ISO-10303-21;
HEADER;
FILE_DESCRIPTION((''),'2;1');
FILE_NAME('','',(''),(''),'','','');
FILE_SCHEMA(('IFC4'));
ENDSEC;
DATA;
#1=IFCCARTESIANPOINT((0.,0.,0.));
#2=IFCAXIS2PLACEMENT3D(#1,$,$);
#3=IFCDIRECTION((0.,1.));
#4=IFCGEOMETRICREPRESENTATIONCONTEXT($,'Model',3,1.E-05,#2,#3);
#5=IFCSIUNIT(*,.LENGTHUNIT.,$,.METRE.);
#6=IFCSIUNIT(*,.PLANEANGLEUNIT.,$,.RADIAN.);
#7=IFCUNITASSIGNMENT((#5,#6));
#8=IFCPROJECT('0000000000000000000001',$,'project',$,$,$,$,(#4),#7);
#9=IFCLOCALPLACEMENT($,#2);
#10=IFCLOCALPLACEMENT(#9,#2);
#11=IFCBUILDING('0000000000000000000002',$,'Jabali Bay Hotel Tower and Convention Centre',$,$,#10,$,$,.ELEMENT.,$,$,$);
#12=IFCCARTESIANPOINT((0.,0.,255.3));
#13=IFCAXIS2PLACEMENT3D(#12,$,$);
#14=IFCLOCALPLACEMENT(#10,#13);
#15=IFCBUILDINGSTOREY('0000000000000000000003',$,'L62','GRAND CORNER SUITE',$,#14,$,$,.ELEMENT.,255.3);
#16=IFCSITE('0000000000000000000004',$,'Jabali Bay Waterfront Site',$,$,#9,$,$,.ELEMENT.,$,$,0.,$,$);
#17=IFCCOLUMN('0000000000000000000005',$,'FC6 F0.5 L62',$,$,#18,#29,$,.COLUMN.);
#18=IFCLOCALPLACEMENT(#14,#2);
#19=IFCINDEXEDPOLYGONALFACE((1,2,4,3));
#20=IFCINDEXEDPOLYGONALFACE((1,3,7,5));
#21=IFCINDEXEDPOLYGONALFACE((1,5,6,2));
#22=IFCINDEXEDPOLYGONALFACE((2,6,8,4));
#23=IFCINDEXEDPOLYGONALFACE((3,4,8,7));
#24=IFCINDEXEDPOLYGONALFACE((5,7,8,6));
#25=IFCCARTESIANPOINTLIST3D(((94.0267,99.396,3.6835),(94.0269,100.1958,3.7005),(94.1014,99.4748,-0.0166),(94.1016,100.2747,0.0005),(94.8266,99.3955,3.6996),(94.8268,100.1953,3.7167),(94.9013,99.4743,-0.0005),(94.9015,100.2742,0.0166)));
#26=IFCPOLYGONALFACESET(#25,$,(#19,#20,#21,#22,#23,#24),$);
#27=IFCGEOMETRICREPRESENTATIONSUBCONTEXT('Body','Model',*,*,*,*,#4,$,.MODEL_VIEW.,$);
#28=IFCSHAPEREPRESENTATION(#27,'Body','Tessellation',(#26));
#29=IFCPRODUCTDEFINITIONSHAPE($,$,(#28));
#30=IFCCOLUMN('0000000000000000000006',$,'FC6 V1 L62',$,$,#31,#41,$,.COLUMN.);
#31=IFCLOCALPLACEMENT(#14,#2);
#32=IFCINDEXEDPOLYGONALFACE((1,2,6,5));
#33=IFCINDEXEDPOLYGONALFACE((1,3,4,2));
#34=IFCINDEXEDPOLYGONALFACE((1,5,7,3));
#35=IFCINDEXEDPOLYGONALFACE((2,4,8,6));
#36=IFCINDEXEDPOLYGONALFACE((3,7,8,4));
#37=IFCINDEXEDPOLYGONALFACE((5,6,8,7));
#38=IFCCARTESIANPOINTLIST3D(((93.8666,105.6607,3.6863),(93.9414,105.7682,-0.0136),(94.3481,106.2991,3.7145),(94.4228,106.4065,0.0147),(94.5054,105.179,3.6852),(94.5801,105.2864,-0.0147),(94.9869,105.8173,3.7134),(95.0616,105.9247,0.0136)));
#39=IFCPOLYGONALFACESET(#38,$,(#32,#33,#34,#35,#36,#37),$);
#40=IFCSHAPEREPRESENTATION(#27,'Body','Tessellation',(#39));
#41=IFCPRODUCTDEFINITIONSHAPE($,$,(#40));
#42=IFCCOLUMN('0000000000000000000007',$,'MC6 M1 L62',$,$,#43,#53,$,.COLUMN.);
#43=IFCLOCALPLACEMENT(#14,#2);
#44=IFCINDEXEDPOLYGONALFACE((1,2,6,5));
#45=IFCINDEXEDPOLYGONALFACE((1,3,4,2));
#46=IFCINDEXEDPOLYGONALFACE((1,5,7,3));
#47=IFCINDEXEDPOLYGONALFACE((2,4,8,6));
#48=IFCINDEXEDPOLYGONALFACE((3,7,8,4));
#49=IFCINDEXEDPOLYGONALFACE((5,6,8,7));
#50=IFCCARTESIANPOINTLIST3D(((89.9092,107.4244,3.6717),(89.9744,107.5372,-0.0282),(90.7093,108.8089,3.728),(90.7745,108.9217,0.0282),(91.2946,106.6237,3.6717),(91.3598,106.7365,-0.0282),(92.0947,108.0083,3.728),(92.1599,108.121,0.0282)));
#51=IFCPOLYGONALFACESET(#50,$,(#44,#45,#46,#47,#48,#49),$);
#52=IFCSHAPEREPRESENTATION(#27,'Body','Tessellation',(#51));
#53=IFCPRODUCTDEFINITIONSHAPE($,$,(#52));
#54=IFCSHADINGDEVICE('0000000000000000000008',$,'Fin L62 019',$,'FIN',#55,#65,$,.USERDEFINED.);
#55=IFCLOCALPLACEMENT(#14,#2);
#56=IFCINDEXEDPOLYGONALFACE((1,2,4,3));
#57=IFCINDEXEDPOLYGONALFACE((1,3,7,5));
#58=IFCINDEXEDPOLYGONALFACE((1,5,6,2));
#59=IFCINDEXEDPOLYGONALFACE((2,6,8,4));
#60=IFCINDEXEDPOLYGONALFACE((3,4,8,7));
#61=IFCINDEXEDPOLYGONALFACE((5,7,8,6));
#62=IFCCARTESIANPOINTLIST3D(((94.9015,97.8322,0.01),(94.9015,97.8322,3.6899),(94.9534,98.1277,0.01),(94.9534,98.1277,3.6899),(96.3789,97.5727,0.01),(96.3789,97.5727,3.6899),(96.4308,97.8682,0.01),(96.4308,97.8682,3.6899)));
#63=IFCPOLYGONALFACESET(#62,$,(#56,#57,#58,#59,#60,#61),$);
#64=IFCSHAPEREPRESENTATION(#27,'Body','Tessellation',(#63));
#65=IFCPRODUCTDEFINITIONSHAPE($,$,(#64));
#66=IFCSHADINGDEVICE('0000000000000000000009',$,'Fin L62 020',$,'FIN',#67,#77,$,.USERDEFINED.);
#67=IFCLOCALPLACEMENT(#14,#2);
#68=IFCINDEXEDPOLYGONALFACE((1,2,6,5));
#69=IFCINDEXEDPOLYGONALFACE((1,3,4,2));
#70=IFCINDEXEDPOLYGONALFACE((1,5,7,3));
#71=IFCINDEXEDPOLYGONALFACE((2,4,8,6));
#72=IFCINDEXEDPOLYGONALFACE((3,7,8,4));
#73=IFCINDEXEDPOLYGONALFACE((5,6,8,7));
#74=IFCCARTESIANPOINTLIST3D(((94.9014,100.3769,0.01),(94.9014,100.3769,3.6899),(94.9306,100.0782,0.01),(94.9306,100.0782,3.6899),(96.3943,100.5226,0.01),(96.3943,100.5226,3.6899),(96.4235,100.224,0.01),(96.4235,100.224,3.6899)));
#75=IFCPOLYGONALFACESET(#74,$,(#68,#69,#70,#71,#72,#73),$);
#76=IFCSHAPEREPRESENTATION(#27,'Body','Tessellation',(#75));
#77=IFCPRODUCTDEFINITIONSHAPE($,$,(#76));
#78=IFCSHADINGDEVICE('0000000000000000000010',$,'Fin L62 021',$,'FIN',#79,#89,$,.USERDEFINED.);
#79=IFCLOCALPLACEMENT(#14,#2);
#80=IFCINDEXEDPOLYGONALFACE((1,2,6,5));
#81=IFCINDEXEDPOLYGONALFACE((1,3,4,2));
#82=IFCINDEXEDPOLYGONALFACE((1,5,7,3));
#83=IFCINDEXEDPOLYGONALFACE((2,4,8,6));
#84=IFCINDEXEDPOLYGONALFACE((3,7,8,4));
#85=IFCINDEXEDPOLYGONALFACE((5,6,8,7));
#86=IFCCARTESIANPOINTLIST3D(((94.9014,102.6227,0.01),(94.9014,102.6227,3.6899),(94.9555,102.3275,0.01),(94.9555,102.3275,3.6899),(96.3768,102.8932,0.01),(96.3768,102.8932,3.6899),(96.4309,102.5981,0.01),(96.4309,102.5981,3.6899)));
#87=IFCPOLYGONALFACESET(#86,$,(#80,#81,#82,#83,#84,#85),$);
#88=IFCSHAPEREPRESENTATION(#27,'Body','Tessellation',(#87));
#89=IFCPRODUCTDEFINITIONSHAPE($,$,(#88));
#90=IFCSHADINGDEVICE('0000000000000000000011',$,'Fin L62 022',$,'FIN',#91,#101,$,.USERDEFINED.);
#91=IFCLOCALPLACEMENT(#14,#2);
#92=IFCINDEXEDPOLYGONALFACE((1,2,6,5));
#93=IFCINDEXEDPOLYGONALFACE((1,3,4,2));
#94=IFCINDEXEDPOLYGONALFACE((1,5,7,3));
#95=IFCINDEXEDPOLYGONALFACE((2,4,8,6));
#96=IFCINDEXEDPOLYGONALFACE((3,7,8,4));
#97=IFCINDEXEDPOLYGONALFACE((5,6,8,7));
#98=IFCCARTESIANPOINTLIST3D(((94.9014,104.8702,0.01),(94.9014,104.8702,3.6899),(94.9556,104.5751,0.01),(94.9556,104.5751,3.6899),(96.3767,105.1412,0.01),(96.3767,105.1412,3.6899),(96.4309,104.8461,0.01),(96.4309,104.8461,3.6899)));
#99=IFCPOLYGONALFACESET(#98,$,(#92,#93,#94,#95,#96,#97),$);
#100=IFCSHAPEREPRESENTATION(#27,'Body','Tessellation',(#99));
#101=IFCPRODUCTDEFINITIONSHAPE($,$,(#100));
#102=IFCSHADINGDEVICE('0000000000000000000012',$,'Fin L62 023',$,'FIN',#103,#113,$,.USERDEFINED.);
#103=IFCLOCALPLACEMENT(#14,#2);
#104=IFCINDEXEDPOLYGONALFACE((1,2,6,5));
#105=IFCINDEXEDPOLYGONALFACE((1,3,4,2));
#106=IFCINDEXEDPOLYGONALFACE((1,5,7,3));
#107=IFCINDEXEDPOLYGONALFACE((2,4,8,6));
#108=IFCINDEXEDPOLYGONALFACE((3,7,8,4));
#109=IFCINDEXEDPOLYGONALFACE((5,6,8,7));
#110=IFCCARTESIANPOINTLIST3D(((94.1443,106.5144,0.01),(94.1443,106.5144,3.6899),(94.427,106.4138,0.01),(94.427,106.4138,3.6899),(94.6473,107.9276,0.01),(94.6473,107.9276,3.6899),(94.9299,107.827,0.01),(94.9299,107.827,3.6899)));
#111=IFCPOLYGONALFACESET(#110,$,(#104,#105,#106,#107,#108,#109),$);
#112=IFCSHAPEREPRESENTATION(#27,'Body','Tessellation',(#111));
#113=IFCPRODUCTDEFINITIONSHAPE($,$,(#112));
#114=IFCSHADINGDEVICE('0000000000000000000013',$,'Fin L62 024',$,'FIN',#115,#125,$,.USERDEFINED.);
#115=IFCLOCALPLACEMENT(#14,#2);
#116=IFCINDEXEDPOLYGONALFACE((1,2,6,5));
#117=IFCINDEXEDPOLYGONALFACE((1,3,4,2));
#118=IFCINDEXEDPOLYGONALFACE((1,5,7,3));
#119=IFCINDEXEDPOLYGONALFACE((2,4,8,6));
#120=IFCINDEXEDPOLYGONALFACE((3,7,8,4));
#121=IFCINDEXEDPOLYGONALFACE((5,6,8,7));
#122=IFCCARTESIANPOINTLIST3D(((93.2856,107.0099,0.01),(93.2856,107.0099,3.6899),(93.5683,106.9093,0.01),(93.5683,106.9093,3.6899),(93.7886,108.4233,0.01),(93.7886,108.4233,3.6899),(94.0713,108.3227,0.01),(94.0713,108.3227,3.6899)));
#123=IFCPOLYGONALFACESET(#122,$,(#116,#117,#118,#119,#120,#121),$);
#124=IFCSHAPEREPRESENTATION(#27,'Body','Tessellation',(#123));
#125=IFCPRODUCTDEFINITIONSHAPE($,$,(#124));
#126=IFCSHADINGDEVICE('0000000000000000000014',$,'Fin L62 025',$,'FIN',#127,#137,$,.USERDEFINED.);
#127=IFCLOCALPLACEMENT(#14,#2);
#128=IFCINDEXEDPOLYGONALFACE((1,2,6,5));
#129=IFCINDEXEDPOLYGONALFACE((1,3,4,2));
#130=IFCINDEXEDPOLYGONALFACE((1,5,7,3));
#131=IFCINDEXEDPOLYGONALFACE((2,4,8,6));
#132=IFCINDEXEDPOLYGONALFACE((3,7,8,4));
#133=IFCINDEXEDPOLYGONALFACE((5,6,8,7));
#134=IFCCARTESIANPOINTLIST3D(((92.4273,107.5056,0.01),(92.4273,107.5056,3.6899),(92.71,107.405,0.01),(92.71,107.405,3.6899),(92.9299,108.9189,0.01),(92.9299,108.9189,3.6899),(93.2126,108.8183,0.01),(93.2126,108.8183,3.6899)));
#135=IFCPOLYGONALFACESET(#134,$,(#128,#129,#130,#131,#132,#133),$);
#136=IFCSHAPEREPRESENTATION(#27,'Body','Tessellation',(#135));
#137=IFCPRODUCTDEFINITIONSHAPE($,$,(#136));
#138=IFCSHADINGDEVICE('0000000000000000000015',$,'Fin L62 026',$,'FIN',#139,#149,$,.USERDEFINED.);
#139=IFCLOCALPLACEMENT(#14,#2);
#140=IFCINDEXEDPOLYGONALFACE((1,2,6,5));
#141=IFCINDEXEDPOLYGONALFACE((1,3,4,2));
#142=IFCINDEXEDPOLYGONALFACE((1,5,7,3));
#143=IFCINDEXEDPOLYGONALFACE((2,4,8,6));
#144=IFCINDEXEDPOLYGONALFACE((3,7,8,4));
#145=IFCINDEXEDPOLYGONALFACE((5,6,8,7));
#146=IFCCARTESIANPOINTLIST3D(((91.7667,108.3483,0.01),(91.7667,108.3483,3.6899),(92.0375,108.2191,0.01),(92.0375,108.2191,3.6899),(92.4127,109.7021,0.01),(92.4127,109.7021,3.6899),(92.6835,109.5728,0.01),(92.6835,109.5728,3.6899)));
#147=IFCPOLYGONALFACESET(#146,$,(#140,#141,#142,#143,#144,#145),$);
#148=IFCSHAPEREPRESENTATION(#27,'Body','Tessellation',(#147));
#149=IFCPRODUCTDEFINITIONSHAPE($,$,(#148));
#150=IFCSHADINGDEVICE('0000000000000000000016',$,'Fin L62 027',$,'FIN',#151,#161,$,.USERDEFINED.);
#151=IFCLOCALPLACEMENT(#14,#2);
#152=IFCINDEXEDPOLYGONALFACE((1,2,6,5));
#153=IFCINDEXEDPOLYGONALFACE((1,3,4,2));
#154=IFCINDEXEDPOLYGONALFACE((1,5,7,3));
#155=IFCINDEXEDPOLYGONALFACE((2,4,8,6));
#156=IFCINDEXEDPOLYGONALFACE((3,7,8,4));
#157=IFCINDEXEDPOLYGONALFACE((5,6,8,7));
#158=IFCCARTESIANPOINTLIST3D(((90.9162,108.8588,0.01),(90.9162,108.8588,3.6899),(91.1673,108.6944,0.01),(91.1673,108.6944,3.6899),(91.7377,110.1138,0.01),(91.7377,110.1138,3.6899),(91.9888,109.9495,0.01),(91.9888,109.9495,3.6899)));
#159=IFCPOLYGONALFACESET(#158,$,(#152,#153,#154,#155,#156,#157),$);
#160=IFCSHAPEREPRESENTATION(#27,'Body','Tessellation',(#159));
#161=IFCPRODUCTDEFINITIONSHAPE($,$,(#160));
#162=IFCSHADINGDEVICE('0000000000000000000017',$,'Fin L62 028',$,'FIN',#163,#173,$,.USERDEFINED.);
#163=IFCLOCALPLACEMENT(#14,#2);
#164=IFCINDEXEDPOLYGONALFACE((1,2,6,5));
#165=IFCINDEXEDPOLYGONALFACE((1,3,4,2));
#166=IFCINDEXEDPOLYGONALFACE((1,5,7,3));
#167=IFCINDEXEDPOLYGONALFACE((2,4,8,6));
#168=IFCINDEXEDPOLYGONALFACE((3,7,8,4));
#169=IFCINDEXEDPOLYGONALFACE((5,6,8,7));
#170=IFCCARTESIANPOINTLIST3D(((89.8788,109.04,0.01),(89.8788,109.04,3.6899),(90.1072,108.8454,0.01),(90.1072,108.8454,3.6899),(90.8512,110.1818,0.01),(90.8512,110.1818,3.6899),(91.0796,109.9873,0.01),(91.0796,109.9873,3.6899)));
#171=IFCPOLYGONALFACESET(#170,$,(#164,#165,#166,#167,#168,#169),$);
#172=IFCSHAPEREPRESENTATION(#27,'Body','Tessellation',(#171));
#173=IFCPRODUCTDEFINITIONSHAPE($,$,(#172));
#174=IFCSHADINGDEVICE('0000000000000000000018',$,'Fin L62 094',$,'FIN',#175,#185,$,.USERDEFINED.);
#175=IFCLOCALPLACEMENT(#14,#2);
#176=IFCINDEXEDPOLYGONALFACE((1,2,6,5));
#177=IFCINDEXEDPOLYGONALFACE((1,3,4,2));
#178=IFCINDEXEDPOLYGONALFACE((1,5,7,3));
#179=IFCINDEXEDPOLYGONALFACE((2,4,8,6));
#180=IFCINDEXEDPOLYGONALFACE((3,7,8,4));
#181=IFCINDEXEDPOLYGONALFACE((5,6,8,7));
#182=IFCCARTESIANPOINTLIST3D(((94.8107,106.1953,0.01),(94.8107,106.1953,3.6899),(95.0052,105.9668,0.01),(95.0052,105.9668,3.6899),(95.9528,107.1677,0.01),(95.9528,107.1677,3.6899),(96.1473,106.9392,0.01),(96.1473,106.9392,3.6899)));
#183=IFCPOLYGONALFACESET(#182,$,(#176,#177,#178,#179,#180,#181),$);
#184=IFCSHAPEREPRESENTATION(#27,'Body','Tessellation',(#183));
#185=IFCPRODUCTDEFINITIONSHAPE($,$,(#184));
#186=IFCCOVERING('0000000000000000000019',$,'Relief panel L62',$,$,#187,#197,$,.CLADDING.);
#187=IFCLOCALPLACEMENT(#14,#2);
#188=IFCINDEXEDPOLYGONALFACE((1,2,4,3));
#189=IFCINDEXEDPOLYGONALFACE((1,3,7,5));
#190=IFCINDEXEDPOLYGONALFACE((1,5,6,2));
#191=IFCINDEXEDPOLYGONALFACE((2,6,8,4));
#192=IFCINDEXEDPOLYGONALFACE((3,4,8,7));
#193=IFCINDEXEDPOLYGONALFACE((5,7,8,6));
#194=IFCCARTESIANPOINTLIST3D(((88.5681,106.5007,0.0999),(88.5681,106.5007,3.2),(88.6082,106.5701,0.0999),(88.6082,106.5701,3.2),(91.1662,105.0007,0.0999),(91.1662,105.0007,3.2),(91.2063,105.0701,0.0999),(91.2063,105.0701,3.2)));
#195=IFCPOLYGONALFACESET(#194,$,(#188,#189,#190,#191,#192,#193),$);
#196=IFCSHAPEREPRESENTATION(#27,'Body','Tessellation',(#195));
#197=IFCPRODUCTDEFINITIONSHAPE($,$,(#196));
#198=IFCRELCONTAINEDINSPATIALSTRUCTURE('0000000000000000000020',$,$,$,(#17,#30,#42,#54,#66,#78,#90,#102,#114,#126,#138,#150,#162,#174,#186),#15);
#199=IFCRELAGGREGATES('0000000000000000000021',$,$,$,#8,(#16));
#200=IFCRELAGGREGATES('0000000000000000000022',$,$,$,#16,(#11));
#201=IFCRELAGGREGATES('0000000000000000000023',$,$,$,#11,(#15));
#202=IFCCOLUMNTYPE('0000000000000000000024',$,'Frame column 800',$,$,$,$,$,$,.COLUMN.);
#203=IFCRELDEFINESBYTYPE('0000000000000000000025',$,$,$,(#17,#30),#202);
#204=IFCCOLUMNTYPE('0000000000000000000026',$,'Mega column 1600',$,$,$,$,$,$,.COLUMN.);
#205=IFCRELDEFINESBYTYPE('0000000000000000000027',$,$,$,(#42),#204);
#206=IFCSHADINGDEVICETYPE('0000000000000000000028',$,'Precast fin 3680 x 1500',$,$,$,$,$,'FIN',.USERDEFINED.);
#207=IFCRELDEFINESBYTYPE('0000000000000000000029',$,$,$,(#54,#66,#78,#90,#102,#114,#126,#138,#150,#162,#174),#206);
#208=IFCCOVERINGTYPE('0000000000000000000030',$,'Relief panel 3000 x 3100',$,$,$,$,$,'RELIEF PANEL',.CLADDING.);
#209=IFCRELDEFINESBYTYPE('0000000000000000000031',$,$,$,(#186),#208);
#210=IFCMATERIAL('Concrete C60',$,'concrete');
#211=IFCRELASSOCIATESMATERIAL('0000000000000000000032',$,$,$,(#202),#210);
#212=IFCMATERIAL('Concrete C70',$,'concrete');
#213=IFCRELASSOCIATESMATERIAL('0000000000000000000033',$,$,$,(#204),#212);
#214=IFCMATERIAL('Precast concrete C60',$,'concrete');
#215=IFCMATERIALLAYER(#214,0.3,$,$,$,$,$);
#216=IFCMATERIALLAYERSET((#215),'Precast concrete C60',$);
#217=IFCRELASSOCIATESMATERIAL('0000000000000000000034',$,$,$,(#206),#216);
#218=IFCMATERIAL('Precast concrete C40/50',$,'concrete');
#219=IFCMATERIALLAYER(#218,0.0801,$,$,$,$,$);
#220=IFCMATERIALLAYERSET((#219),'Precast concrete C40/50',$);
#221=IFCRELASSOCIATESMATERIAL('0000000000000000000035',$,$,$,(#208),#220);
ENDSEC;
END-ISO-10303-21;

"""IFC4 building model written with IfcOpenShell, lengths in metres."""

from ifc_helpers import new_model, si_unit, direction, frame, frame_2d, origin, origin_2d, place, context, subcontext, project, spatial, rectangle, extrude, material, layer, layer_set, material_profile, profile_set, type_object, element, save


model = new_model("IFC4")

# Units and contexts
model_context = context("Model", 3, precision=1e-05, world=origin(), true_north=direction((0.0, 1.0)))
body_context = subcontext(model_context, "Body", "Model", "MODEL_VIEW")
ifc_project = project(units=[si_unit("LENGTHUNIT", "METRE"), si_unit("PLANEANGLEUNIT", "RADIAN")], contexts=[model_context])

# Site, building, storey
site_placement = place(None, origin())
site = spatial("IfcSite", under=ifc_project, at=site_placement, Name="Jabali Bay Waterfront Site", CompositionType="ELEMENT", RefElevation=0.0)
building_placement = place(site_placement, origin())
building = spatial("IfcBuilding", under=site, at=building_placement, Name="Jabali Bay Hotel Tower and Convention Centre", CompositionType="ELEMENT")
storey_placement = place(building_placement, frame((0.0, 0.0, 255.3)))
storey = spatial("IfcBuildingStorey", under=building, at=storey_placement, Name="L62", Description="GRAND CORNER SUITE", CompositionType="ELEMENT", Elevation=255.3)

# Columns
ifc_material_1 = material(Name="Concrete C60", Category="concrete")
ifc_material_profile_1 = material_profile(ifc_material_1, rectangle(XDim=0.8, YDim=0.8, at=origin_2d()), Name="Frame column 800")
ifc_profile_set_1 = profile_set([ifc_material_profile_1], Name="Concrete C60")
column_type_1 = type_object("IfcColumnType", Name="Frame column 800", PredefinedType="COLUMN", material=ifc_profile_set_1)
column_1_placement = place(storey_placement, frame((94.5015, 99.8745, 0.0), z_axis=(-0.020183, -0.021304, 0.999569), x_axis=(0.999796, -0.000658, 0.020173)))
element("IfcColumn", 1, at=column_1_placement, inside=storey, type_object=column_type_1, Name="FC6 F0.5 L62", PredefinedType="COLUMN", context=body_context, shape_type="SweptSolid", body=[
    extrude(rectangle(XDim=0.8, YDim=0.8, at=origin_2d()), origin(), (0.0, 0.0, 1.0), 3.7017),
])
column_2_placement = place(storey_placement, frame((94.5015, 105.8464, 0.0), z_axis=(-0.020179, -0.029015, 0.999375), x_axis=(0.601821, 0.79785, 0.035316)))
element("IfcColumn", 2, at=column_2_placement, inside=storey, type_object=column_type_1, Name="FC6 V1 L62", PredefinedType="COLUMN", context=body_context, shape_type="SweptSolid", body=[
    extrude(rectangle(XDim=0.8, YDim=0.8, at=origin_2d()), origin(), (0.0, 0.0, 1.0), 3.7021),
])
ifc_material_2 = material(Name="Concrete C70", Category="concrete")
ifc_material_profile_2 = material_profile(ifc_material_2, rectangle(XDim=1.6001, YDim=1.6001, at=origin_2d()), Name="Mega column 1600")
ifc_profile_set_2 = profile_set([ifc_material_profile_2], Name="Concrete C70")
column_type_2 = type_object("IfcColumnType", Name="Mega column 1600", PredefinedType="COLUMN", material=ifc_profile_set_2)
column_3_placement = place(storey_placement, frame((91.0671, 107.8291, 0.0), z_axis=(-0.017607, -0.030466, 0.999381), x_axis=(0.865811, -0.500371, 0.0)))
element("IfcColumn", 3, at=column_3_placement, inside=storey, type_object=column_type_2, Name="MC6 M1 L62", PredefinedType="COLUMN", context=body_context, shape_type="SweptSolid", body=[
    extrude(rectangle(XDim=1.6001, YDim=1.6001, at=origin_2d()), origin(), (0.0, 0.0, 1.0), 3.7021),
])

# Shading devices
ifc_material_3 = material(Name="Precast concrete C60", Category="concrete")
ifc_layer_1 = layer(ifc_material_3, 0.3)
ifc_layer_set_1 = layer_set([ifc_layer_1], Name="Precast concrete C60")
shading_device_type = type_object("IfcShadingDeviceType", Name="Precast fin 3680 x 1500", ElementType="FIN", PredefinedType="USERDEFINED", material=ifc_layer_set_1)
for number, where, z_axis, x_axis, name in (
    (4, (94.9275, 97.98, 0.01), (0.0, 0.0, 1.0), (0.984918, -0.173024, 0.0), "Fin L62 019"),
    (5, (94.916, 100.2275, 0.01), (0.0, 0.0, 1.0), (0.995268, 0.097167, 0.0), "Fin L62 020"),
    (6, (94.9285, 102.4751, 0.01), (0.0, 0.0, 1.0), (0.983603, 0.180346, 0.0), "Fin L62 021"),
    (7, (94.9285, 104.7227, 0.01), (0.0, 0.0, 1.0), (0.983545, 0.180661, 0.0), "Fin L62 022"),
    (8, (94.2856, 106.4641, 0.01), (0.0, 0.0, 1.0), (0.335305, 0.94211, 0.0), "Fin L62 023"),
):
    element("IfcShadingDevice", number, at=place(storey_placement, frame(where, z_axis=z_axis, x_axis=x_axis)), inside=storey, type_object=shading_device_type, Name=name, ObjectType="FIN", PredefinedType="USERDEFINED", context=body_context, shape_type="SweptSolid", body=[
        extrude(rectangle(XDim=1.5, YDim=0.3, at=frame_2d((0.75, 0.0))), origin(), (0.0, 0.0, 1.0), 3.6799),
    ])
shading_device_1_placement = place(storey_placement, frame((93.427, 106.9597, 0.01), z_axis=(0.0, 0.0, 1.0), x_axis=(0.335254, 0.942128, 0.0)))
element("IfcShadingDevice", 9, at=shading_device_1_placement, inside=storey, type_object=shading_device_type, Name="Fin L62 024", ObjectType="FIN", PredefinedType="USERDEFINED", context=body_context, shape_type="SweptSolid", body=[
    extrude(rectangle(XDim=1.5002, YDim=0.3, at=frame_2d((0.75, 0.0))), origin(), (0.0, 0.0, 1.0), 3.6799),
])
for number, where, z_axis, x_axis, name in (
    (10, (92.5686, 107.4553, 0.01), (0.0, 0.0, 1.0), (0.335109, 0.942179, 0.0), "Fin L62 025"),
    (11, (91.9021, 108.2837, 0.01), (0.0, 0.0, 1.0), (0.430666, 0.902511, 0.0), "Fin L62 026"),
    (12, (91.0417, 108.7766, 0.01), (0.0, 0.0, 1.0), (0.547657, 0.836703, 0.0), "Fin L62 027"),
):
    element("IfcShadingDevice", number, at=place(storey_placement, frame(where, z_axis=z_axis, x_axis=x_axis)), inside=storey, type_object=shading_device_type, Name=name, ObjectType="FIN", PredefinedType="USERDEFINED", context=body_context, shape_type="SweptSolid", body=[
        extrude(rectangle(XDim=1.5, YDim=0.3, at=frame_2d((0.75, 0.0))), origin(), (0.0, 0.0, 1.0), 3.6799),
    ])
shading_device_2_placement = place(storey_placement, frame((89.9929, 108.9426, 0.01), z_axis=(0.0, 0.0, 1.0), x_axis=(0.648362, 0.761333, 0.0)))
element("IfcShadingDevice", 13, at=shading_device_2_placement, inside=storey, type_object=shading_device_type, Name="Fin L62 028", ObjectType="FIN", PredefinedType="USERDEFINED", context=body_context, shape_type="SweptSolid", body=[
    extrude(rectangle(XDim=1.4998, YDim=0.3, at=frame_2d((0.75, 0.0))), origin(), (0.0, 0.0, 1.0), 3.6799),
])
shading_device_3_placement = place(storey_placement, frame((94.908, 106.0811, 0.01), z_axis=(0.0, 0.0, 1.0), x_axis=(0.761401, 0.648281, 0.0)))
element("IfcShadingDevice", 14, at=shading_device_3_placement, inside=storey, type_object=shading_device_type, Name="Fin L62 094", ObjectType="FIN", PredefinedType="USERDEFINED", context=body_context, shape_type="SweptSolid", body=[
    extrude(rectangle(XDim=1.5, YDim=0.3, at=frame_2d((0.75, 0.0))), origin(), (0.0, 0.0, 1.0), 3.6799),
])

# Covering
ifc_material_4 = material(Name="Precast concrete C40/50", Category="concrete")
ifc_layer_2 = layer(ifc_material_4, 0.0801)
ifc_layer_set_2 = layer_set([ifc_layer_2], Name="Precast concrete C40/50")
covering_type = type_object("IfcCoveringType", Name="Relief panel 3000 x 3100", ElementType="RELIEF PANEL", PredefinedType="CLADDING", material=ifc_layer_set_2)
covering_placement = place(storey_placement, frame((89.8872, 105.7854, 0.0999), z_axis=(0.0, 0.0, 1.0), x_axis=(0.866025, -0.5, 0.0)))
element("IfcCovering", 15, at=covering_placement, inside=storey, type_object=covering_type, Name="Relief panel L62", PredefinedType="CLADDING", context=body_context, shape_type="SweptSolid", body=[
    extrude(rectangle(XDim=3.0, YDim=0.0801, at=origin_2d()), origin(), (0.0, 0.0, 1.0), 3.1001),
])

save(model, "model.ifc")
